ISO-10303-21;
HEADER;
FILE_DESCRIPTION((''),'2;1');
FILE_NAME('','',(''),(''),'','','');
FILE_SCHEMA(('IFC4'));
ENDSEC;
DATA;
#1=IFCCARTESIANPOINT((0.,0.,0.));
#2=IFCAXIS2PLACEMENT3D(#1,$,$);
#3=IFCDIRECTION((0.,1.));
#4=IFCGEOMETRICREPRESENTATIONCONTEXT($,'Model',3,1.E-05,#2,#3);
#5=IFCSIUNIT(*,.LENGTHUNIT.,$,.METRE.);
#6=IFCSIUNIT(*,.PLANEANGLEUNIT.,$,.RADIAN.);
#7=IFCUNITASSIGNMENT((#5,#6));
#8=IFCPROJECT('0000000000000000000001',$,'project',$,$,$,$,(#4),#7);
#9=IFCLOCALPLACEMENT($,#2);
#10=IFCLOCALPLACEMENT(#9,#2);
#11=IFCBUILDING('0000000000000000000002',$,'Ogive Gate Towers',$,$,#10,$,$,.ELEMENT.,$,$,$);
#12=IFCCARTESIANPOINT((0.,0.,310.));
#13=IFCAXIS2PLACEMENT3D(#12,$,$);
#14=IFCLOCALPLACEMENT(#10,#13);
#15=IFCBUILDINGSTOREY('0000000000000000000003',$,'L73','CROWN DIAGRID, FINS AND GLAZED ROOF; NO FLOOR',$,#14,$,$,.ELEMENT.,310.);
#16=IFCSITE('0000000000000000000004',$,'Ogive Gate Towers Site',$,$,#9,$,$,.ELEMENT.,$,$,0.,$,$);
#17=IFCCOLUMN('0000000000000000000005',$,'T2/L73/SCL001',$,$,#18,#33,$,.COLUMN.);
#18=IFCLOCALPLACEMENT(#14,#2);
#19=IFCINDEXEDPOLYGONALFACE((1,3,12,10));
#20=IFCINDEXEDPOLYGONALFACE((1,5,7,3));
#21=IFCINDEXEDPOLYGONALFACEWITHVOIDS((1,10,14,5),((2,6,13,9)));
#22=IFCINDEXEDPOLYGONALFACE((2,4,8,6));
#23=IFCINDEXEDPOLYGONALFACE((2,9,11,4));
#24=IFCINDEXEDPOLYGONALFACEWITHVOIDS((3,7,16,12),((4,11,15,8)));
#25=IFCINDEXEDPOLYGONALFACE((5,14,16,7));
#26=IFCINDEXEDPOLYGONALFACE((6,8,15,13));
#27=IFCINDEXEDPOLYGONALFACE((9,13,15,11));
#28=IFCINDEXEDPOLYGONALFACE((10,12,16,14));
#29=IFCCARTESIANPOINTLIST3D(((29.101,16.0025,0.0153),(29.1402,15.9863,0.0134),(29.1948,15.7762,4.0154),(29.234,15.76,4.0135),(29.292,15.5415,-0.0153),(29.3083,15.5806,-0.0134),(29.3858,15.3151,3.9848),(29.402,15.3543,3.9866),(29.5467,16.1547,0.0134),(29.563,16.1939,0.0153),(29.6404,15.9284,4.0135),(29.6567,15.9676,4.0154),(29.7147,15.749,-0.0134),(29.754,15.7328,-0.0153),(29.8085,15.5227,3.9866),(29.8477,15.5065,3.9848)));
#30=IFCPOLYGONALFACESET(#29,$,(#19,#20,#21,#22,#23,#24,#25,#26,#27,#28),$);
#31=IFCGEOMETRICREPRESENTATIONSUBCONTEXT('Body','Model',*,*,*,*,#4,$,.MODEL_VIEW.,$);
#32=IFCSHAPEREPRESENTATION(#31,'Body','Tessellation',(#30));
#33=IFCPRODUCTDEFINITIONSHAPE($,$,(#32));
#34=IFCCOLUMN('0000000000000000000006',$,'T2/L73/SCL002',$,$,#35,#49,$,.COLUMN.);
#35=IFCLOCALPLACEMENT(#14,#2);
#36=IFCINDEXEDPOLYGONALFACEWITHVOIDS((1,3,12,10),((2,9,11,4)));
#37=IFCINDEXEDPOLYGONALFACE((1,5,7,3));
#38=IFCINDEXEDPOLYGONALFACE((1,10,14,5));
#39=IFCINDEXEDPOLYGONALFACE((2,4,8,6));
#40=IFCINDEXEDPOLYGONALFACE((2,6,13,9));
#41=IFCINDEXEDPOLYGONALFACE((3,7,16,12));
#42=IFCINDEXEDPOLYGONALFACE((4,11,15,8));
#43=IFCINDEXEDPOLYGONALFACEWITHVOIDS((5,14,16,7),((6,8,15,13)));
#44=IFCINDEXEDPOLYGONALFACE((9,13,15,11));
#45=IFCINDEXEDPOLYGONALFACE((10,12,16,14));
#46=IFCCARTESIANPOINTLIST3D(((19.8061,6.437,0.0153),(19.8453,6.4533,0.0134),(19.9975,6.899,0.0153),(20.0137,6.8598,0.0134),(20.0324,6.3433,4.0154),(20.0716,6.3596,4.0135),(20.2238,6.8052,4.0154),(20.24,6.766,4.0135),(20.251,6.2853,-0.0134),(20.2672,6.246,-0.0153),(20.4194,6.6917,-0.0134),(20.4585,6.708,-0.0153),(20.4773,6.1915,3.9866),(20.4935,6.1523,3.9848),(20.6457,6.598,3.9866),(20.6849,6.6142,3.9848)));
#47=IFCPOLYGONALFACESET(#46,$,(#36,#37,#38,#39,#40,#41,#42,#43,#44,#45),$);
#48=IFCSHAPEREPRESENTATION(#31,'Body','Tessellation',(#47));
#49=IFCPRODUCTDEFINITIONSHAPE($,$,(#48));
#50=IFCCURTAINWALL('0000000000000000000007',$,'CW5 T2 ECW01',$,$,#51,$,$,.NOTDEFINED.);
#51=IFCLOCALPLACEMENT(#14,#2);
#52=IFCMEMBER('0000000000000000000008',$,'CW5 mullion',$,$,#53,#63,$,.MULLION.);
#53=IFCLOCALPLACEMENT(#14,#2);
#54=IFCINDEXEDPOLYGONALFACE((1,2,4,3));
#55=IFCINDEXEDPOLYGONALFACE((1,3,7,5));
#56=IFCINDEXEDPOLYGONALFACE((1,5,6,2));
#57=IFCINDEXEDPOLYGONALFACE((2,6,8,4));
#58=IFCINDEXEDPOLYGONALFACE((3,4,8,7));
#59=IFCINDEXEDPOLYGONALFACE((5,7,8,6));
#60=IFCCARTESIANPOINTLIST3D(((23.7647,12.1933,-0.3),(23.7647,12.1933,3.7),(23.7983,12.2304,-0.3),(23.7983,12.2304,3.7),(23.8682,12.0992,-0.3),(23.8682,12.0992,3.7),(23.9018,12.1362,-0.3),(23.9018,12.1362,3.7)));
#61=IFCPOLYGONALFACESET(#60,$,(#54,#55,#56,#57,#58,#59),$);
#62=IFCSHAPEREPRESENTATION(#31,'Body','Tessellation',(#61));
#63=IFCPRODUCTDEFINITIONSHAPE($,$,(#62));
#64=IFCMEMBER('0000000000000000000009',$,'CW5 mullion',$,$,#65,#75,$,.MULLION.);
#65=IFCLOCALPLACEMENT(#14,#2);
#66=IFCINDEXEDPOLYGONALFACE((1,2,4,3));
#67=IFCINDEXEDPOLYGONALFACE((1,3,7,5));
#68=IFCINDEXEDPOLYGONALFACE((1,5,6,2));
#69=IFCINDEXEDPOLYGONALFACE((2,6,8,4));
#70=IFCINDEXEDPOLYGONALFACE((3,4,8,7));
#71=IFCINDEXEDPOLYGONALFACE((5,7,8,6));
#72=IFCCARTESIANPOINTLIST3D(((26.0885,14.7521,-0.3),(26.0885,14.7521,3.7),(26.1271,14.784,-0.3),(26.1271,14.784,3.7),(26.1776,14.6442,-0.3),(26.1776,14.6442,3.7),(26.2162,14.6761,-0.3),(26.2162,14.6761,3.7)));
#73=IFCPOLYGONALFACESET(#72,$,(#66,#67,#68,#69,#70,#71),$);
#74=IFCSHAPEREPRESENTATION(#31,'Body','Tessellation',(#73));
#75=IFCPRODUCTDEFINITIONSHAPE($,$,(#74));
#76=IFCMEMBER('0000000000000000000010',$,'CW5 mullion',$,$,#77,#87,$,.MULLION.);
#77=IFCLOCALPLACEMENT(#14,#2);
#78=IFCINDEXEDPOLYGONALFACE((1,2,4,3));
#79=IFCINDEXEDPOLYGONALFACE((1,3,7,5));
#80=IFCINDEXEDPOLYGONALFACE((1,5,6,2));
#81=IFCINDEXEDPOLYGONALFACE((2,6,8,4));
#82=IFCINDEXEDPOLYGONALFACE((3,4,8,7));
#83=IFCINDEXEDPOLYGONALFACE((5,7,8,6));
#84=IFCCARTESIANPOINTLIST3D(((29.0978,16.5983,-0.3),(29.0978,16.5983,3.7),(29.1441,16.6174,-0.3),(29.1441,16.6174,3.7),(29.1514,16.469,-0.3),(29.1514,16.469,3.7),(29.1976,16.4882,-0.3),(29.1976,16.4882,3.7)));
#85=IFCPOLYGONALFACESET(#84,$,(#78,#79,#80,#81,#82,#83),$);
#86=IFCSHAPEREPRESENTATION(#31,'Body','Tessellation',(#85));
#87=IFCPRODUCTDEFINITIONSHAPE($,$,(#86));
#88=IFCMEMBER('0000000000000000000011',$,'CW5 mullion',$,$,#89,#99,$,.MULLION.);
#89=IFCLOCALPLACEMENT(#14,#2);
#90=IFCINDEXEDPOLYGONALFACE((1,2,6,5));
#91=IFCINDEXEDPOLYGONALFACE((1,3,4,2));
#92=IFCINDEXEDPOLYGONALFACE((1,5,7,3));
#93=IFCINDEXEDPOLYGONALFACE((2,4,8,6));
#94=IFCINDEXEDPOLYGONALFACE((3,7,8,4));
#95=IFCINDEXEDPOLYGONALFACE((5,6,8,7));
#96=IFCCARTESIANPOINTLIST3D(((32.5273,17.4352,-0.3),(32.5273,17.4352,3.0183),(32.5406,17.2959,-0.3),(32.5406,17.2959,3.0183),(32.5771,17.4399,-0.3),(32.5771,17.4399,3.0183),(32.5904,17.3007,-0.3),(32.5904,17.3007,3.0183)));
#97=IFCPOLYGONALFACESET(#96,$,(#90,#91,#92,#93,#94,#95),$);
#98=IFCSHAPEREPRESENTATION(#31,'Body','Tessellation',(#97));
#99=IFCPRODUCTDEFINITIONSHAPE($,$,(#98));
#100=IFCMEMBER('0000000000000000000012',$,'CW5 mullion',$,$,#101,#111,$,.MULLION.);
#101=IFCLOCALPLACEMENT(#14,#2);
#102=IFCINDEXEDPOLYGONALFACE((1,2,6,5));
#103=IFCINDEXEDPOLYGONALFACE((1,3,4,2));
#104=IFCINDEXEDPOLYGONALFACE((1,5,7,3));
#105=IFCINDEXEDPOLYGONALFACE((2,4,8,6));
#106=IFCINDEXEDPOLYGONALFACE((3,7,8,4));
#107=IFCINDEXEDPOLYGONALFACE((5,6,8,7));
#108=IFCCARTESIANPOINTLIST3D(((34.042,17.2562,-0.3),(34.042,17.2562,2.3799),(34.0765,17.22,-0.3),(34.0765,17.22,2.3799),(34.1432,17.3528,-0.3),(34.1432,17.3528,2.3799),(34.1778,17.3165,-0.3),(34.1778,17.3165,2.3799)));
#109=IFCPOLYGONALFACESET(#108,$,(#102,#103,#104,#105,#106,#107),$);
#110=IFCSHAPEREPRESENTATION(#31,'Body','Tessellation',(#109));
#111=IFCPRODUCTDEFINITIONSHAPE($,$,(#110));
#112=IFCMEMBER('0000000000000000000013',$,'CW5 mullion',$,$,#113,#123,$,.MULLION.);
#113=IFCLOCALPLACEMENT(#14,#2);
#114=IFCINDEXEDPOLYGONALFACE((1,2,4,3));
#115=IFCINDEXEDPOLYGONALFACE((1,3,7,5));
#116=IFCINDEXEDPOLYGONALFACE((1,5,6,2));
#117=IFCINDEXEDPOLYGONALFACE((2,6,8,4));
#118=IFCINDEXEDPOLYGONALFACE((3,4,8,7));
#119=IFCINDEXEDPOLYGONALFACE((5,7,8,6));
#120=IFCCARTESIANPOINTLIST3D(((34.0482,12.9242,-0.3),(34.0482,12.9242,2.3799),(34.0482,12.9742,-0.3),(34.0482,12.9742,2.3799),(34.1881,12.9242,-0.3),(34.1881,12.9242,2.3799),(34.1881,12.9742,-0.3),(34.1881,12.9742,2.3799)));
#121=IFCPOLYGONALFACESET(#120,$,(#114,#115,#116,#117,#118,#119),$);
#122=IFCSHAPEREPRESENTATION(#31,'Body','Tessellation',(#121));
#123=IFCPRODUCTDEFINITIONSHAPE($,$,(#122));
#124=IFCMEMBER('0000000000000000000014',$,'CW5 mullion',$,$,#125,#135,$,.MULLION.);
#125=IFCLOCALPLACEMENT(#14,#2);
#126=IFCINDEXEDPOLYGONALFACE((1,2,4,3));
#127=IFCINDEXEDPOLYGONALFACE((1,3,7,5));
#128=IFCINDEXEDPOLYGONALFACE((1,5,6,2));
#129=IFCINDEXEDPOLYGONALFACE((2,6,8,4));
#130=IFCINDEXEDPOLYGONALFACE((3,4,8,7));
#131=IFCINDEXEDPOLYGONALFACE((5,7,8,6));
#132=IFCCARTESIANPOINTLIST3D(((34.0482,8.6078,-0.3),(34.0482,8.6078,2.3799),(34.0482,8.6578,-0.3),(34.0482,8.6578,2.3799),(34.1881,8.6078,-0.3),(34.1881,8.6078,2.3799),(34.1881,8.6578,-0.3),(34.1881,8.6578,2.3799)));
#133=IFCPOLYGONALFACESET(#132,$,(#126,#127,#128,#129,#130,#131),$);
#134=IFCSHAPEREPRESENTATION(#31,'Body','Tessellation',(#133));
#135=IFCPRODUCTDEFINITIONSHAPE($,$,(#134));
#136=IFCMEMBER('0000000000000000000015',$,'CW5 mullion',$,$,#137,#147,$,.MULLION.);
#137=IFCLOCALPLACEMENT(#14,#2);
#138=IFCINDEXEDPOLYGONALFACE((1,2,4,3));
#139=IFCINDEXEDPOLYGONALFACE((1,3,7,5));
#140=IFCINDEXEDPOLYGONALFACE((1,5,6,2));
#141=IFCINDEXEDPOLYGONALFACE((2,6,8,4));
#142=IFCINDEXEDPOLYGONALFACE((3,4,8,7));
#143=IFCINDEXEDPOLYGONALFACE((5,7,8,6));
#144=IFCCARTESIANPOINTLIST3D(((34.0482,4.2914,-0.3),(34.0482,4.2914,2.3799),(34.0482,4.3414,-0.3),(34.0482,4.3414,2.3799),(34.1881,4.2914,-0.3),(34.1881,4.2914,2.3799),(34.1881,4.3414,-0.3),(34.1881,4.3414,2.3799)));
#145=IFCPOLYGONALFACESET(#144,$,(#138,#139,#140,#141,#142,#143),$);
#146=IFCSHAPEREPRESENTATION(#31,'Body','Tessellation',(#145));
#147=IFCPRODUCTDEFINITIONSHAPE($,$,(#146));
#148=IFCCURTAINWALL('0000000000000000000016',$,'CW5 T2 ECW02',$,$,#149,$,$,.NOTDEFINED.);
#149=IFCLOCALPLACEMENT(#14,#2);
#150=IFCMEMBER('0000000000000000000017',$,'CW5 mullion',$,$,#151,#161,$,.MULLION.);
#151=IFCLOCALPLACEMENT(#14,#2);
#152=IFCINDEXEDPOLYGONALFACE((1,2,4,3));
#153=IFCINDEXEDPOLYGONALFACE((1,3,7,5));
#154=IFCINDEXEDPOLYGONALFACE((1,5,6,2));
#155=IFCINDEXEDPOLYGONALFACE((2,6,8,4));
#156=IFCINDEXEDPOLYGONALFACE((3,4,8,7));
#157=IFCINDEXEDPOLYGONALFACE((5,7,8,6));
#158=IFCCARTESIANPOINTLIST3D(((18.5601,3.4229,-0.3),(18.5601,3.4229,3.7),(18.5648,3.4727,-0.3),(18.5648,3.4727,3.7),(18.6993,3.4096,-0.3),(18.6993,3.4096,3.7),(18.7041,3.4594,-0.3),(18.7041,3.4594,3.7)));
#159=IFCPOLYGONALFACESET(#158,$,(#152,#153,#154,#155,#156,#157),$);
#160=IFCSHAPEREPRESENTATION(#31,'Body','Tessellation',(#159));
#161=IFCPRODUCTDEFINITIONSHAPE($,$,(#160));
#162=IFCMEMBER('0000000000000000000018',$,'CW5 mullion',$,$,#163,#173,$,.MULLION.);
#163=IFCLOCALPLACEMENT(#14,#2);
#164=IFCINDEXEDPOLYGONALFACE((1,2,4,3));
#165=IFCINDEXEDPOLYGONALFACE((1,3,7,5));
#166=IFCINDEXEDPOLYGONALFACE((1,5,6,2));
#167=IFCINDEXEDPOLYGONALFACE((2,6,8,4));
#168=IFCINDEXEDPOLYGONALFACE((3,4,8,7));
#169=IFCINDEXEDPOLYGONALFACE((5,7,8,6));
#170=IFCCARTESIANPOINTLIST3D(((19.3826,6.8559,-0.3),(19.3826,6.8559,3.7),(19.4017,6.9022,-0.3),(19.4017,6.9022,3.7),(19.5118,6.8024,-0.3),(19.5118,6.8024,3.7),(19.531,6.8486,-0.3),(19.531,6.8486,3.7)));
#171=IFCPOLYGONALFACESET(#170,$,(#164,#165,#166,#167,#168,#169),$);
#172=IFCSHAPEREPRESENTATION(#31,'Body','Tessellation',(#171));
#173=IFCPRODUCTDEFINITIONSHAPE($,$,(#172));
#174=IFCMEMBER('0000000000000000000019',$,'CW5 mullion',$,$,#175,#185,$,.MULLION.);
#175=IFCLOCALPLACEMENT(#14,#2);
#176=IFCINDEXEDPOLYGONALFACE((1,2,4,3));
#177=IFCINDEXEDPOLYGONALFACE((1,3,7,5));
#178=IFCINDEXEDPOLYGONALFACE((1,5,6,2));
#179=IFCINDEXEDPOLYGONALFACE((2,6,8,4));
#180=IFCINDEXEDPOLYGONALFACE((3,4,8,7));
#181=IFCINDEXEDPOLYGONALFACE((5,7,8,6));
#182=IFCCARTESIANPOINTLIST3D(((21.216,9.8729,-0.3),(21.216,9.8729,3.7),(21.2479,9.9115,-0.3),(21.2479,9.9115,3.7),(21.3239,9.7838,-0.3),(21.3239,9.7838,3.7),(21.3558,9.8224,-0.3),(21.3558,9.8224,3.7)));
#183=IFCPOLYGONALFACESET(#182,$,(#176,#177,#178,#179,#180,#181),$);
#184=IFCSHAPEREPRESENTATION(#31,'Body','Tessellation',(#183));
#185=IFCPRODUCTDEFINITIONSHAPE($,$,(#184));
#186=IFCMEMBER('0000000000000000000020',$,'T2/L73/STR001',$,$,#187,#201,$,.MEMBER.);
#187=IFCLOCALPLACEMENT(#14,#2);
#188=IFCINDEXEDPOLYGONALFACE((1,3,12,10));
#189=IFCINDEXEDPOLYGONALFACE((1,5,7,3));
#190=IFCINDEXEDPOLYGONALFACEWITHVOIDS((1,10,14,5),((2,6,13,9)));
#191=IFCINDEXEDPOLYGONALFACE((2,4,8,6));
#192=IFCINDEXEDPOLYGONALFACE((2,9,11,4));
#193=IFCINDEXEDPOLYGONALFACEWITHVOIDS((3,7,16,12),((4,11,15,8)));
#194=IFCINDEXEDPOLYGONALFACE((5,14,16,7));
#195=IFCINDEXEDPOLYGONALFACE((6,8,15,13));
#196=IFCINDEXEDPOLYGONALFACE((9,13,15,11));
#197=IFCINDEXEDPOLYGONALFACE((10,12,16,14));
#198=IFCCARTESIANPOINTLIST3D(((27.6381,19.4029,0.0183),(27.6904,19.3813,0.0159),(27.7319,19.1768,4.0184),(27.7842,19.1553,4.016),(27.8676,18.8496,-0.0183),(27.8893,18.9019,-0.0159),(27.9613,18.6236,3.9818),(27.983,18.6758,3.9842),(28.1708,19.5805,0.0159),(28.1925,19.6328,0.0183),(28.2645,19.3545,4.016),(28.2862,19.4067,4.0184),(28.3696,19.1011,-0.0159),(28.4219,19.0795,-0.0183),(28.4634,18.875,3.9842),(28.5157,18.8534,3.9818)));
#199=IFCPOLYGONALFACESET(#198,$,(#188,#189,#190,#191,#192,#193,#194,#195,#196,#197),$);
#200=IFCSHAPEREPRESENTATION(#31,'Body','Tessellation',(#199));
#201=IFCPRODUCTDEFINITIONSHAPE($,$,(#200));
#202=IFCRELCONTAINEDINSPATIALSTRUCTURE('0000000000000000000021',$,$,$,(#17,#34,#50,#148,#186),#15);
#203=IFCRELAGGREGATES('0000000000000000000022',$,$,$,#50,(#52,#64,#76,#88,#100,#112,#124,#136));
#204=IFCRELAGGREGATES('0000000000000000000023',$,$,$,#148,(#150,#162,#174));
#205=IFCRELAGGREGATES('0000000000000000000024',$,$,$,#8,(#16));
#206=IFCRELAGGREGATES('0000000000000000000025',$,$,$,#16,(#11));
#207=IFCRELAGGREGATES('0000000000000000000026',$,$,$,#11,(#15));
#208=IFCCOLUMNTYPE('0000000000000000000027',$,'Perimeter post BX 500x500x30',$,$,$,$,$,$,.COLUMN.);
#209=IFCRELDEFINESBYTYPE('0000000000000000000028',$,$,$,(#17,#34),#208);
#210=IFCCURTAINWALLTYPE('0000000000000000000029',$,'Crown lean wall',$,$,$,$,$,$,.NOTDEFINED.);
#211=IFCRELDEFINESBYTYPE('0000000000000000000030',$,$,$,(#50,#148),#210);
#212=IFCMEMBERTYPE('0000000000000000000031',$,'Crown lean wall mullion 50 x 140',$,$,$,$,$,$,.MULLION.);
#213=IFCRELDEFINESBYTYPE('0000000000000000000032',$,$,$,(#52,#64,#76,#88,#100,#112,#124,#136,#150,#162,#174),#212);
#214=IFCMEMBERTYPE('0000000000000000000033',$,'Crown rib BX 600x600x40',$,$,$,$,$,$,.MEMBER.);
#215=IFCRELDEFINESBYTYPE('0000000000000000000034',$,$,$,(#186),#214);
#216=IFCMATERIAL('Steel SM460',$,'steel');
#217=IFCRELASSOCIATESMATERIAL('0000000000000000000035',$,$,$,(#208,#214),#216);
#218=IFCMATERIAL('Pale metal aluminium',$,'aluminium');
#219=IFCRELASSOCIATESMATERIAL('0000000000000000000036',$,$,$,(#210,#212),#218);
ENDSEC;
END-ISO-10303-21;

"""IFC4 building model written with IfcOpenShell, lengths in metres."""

from ifc_helpers import new_model, si_unit, direction, frame, origin, origin_2d, place, context, subcontext, project, spatial, rectangle, hollow_rectangle, extrude, material, material_profile, profile_set, type_object, element, aggregate, save


model = new_model("IFC4")

# Units and contexts
model_context = context("Model", 3, precision=1e-05, world=origin(), true_north=direction((0.0, 1.0)))
body_context = subcontext(model_context, "Body", "Model", "MODEL_VIEW")
ifc_project = project(units=[si_unit("LENGTHUNIT", "METRE"), si_unit("PLANEANGLEUNIT", "RADIAN")], contexts=[model_context])

# Site, building, storey
site_placement = place(None, origin())
site = spatial("IfcSite", under=ifc_project, at=site_placement, Name="Ogive Gate Towers Site", CompositionType="ELEMENT", RefElevation=0.0)
building_placement = place(site_placement, origin())
building = spatial("IfcBuilding", under=site, at=building_placement, Name="Ogive Gate Towers", CompositionType="ELEMENT")
storey_placement = place(building_placement, frame((0.0, 0.0, 310.0)))
storey = spatial("IfcBuildingStorey", under=building, at=storey_placement, Name="L73", Description="CROWN DIAGRID, FINS AND GLAZED ROOF; NO FLOOR", CompositionType="ELEMENT", Elevation=310.0)

# Columns
ifc_material_1 = material(Name="Steel SM460", Category="steel")
ifc_material_profile_1 = material_profile(ifc_material_1, hollow_rectangle(XDim=0.5, YDim=0.5, WallThickness=0.03, at=origin_2d()), Name="BX 500x500x30")
ifc_profile_set_1 = profile_set([ifc_material_profile_1], Name="Steel SM460")
column_type = type_object("IfcColumnType", Name="Perimeter post BX 500x500x30", PredefinedType="COLUMN", material=ifc_profile_set_1)
for number, where, z_axis, x_axis, name in (
    (1, (29.4275, 15.8677, 0.0), (0.023394, -0.056474, 0.99813), (0.923871, 0.382704, 0.0), "T2/L73/SCL001"),
    (2, (20.1323, 6.5725, 0.0), (0.056474, -0.023394, 0.99813), (0.382704, 0.923871, 0.0), "T2/L73/SCL002"),
):
    element("IfcColumn", number, at=place(storey_placement, frame(where, z_axis=z_axis, x_axis=x_axis)), inside=storey, type_object=column_type, Name=name, PredefinedType="COLUMN", context=body_context, shape_type="SweptSolid", body=[
        extrude(hollow_rectangle(XDim=0.5, YDim=0.5, WallThickness=0.03, at=origin_2d()), origin(), (0.0, 0.0, 1.0), 4.0076),
    ])

# Curtain walls, members
ifc_material_2 = material(Name="Pale metal aluminium", Category="aluminium")
curtain_wall_type = type_object("IfcCurtainWallType", Name="Crown lean wall", PredefinedType="NOTDEFINED", material=ifc_material_2)
curtain_wall_1_placement = place(storey_placement, origin())
curtain_wall_1 = element("IfcCurtainWall", 3, at=curtain_wall_1_placement, inside=storey, type_object=curtain_wall_type, Name="CW5 T2 ECW01", PredefinedType="NOTDEFINED")
ifc_material_profile_2 = material_profile(ifc_material_2, rectangle(XDim=0.1399, YDim=0.05, at=origin_2d()), Name="50 x 140 aluminium box")
ifc_profile_set_2 = profile_set([ifc_material_profile_2], Name="Pale metal aluminium")
member_type_1 = type_object("IfcMemberType", Name="Crown lean wall mullion 50 x 140", PredefinedType="MULLION", material=ifc_profile_set_2)
member_1_placement = place(storey_placement, frame((23.8333, 12.1648, -0.3), z_axis=(0.0, 0.0, 1.0), x_axis=(0.739772, -0.672858, 0.0)))
member_1 = element("IfcMember", 4, at=member_1_placement, type_object=member_type_1, Name="CW5 mullion", PredefinedType="MULLION", context=body_context, shape_type="SweptSolid", body=[
    extrude(rectangle(XDim=0.1399, YDim=0.05, at=origin_2d()), origin(), (0.0, 0.0, 1.0), 4.0),
])
member_2_placement = place(storey_placement, frame((26.1523, 14.7141, -0.3), z_axis=(0.0, 0.0, 1.0), x_axis=(0.636913, -0.770936, 0.0)))
member_2 = element("IfcMember", 5, at=member_2_placement, type_object=member_type_1, Name="CW5 mullion", PredefinedType="MULLION", context=body_context, shape_type="SweptSolid", body=[
    extrude(rectangle(XDim=0.1399, YDim=0.05, at=origin_2d()), origin(), (0.0, 0.0, 1.0), 4.0),
])
member_3_placement = place(storey_placement, frame((29.1477, 16.5432, -0.3), z_axis=(0.0, 0.0, 1.0), x_axis=(0.382683, -0.92388, 0.0)))
member_3 = element("IfcMember", 6, at=member_3_placement, type_object=member_type_1, Name="CW5 mullion", PredefinedType="MULLION", context=body_context, shape_type="SweptSolid", body=[
    extrude(rectangle(XDim=0.1399, YDim=0.05, at=origin_2d()), origin(), (0.0, 0.0, 1.0), 4.0),
])
member_4_placement = place(storey_placement, frame((32.5588, 17.3679, -0.3), z_axis=(0.0, 0.0, 1.0), x_axis=(0.094769, -0.995499, 0.0)))
member_4 = element("IfcMember", 7, at=member_4_placement, type_object=member_type_1, Name="CW5 mullion", PredefinedType="MULLION", context=body_context, shape_type="SweptSolid", body=[
    extrude(rectangle(XDim=0.1399, YDim=0.05, at=origin_2d()), origin(), (0.0, 0.0, 1.0), 3.3184),
])
member_5_placement = place(storey_placement, frame((34.1099, 17.2864, -0.3), z_axis=(0.0, 0.0, 1.0), x_axis=(-0.723642, -0.690175, 0.0)))
member_5 = element("IfcMember", 8, at=member_5_placement, type_object=member_type_1, Name="CW5 mullion", PredefinedType="MULLION", context=body_context, shape_type="SweptSolid", body=[
    extrude(rectangle(XDim=0.1399, YDim=0.05, at=origin_2d()), origin(), (0.0, 0.0, 1.0), 2.6799),
])
member_6_placement = place(storey_placement, frame((34.1182, 12.9492, -0.3), z_axis=(0.0, 0.0, 1.0), x_axis=(-1.0, 0.0, 0.0)))
member_6 = element("IfcMember", 9, at=member_6_placement, type_object=member_type_1, Name="CW5 mullion", PredefinedType="MULLION", context=body_context, shape_type="SweptSolid", body=[
    extrude(rectangle(XDim=0.1399, YDim=0.05, at=origin_2d()), origin(), (0.0, 0.0, 1.0), 2.6799),
])
member_7_placement = place(storey_placement, frame((34.1182, 8.6328, -0.3), z_axis=(0.0, 0.0, 1.0), x_axis=(-1.0, 0.0, 0.0)))
member_7 = element("IfcMember", 10, at=member_7_placement, type_object=member_type_1, Name="CW5 mullion", PredefinedType="MULLION", context=body_context, shape_type="SweptSolid", body=[
    extrude(rectangle(XDim=0.1399, YDim=0.05, at=origin_2d()), origin(), (0.0, 0.0, 1.0), 2.6799),
])
member_8_placement = place(storey_placement, frame((34.1182, 4.3164, -0.3), z_axis=(0.0, 0.0, 1.0), x_axis=(-1.0, 0.0, 0.0)))
member_8 = element("IfcMember", 11, at=member_8_placement, type_object=member_type_1, Name="CW5 mullion", PredefinedType="MULLION", context=body_context, shape_type="SweptSolid", body=[
    extrude(rectangle(XDim=0.1399, YDim=0.05, at=origin_2d()), origin(), (0.0, 0.0, 1.0), 2.6799),
])
curtain_wall_2_placement = place(storey_placement, origin())
curtain_wall_2 = element("IfcCurtainWall", 12, at=curtain_wall_2_placement, inside=storey, type_object=curtain_wall_type, Name="CW5 T2 ECW02", PredefinedType="NOTDEFINED")
member_9_placement = place(storey_placement, frame((18.6321, 3.4412, -0.3), z_axis=(0.0, 0.0, 1.0), x_axis=(0.995499, -0.094769, 0.0)))
member_9 = element("IfcMember", 13, at=member_9_placement, type_object=member_type_1, Name="CW5 mullion", PredefinedType="MULLION", context=body_context, shape_type="SweptSolid", body=[
    extrude(rectangle(XDim=0.1399, YDim=0.05, at=origin_2d()), origin(), (0.0, 0.0, 1.0), 4.0),
])
member_10_placement = place(storey_placement, frame((19.4568, 6.8523, -0.3), z_axis=(0.0, 0.0, 1.0), x_axis=(0.92388, -0.382683, 0.0)))
member_10 = element("IfcMember", 14, at=member_10_placement, type_object=member_type_1, Name="CW5 mullion", PredefinedType="MULLION", context=body_context, shape_type="SweptSolid", body=[
    extrude(rectangle(XDim=0.1399, YDim=0.05, at=origin_2d()), origin(), (0.0, 0.0, 1.0), 4.0),
])
member_11_placement = place(storey_placement, frame((21.2859, 9.8477, -0.3), z_axis=(0.0, 0.0, 1.0), x_axis=(0.770936, -0.636913, 0.0)))
member_11 = element("IfcMember", 15, at=member_11_placement, type_object=member_type_1, Name="CW5 mullion", PredefinedType="MULLION", context=body_context, shape_type="SweptSolid", body=[
    extrude(rectangle(XDim=0.1399, YDim=0.05, at=origin_2d()), origin(), (0.0, 0.0, 1.0), 4.0),
])

# Member
ifc_material_profile_3 = material_profile(ifc_material_1, hollow_rectangle(XDim=0.6001, YDim=0.6001, WallThickness=0.04, at=origin_2d()), Name="BX 600x600x40")
ifc_profile_set_3 = profile_set([ifc_material_profile_3], Name="Steel SM460")
member_type_2 = type_object("IfcMemberType", Name="Crown rib BX 600x600x40", PredefinedType="MEMBER", material=ifc_profile_set_3)
for number, where, z_axis, x_axis, name in (
    (16, (28.03, 19.2412, 0.0), (0.023394, -0.056413, 0.998133), (0.923725, 0.383057, 0.0), "T2/L73/STR001"),
):
    element("IfcMember", number, at=place(storey_placement, frame(where, z_axis=z_axis, x_axis=x_axis)), inside=storey, type_object=member_type_2, Name=name, PredefinedType="MEMBER", context=body_context, shape_type="SweptSolid", body=[
        extrude(hollow_rectangle(XDim=0.6001, YDim=0.6001, WallThickness=0.04, at=origin_2d()), origin(), (0.0, 0.0, 1.0), 4.0076),
    ])

aggregate(curtain_wall_1, [member_1, member_2, member_3, member_4, member_5, member_6, member_7, member_8])
aggregate(curtain_wall_2, [member_9, member_10, member_11])

save(model, "model.ifc")
